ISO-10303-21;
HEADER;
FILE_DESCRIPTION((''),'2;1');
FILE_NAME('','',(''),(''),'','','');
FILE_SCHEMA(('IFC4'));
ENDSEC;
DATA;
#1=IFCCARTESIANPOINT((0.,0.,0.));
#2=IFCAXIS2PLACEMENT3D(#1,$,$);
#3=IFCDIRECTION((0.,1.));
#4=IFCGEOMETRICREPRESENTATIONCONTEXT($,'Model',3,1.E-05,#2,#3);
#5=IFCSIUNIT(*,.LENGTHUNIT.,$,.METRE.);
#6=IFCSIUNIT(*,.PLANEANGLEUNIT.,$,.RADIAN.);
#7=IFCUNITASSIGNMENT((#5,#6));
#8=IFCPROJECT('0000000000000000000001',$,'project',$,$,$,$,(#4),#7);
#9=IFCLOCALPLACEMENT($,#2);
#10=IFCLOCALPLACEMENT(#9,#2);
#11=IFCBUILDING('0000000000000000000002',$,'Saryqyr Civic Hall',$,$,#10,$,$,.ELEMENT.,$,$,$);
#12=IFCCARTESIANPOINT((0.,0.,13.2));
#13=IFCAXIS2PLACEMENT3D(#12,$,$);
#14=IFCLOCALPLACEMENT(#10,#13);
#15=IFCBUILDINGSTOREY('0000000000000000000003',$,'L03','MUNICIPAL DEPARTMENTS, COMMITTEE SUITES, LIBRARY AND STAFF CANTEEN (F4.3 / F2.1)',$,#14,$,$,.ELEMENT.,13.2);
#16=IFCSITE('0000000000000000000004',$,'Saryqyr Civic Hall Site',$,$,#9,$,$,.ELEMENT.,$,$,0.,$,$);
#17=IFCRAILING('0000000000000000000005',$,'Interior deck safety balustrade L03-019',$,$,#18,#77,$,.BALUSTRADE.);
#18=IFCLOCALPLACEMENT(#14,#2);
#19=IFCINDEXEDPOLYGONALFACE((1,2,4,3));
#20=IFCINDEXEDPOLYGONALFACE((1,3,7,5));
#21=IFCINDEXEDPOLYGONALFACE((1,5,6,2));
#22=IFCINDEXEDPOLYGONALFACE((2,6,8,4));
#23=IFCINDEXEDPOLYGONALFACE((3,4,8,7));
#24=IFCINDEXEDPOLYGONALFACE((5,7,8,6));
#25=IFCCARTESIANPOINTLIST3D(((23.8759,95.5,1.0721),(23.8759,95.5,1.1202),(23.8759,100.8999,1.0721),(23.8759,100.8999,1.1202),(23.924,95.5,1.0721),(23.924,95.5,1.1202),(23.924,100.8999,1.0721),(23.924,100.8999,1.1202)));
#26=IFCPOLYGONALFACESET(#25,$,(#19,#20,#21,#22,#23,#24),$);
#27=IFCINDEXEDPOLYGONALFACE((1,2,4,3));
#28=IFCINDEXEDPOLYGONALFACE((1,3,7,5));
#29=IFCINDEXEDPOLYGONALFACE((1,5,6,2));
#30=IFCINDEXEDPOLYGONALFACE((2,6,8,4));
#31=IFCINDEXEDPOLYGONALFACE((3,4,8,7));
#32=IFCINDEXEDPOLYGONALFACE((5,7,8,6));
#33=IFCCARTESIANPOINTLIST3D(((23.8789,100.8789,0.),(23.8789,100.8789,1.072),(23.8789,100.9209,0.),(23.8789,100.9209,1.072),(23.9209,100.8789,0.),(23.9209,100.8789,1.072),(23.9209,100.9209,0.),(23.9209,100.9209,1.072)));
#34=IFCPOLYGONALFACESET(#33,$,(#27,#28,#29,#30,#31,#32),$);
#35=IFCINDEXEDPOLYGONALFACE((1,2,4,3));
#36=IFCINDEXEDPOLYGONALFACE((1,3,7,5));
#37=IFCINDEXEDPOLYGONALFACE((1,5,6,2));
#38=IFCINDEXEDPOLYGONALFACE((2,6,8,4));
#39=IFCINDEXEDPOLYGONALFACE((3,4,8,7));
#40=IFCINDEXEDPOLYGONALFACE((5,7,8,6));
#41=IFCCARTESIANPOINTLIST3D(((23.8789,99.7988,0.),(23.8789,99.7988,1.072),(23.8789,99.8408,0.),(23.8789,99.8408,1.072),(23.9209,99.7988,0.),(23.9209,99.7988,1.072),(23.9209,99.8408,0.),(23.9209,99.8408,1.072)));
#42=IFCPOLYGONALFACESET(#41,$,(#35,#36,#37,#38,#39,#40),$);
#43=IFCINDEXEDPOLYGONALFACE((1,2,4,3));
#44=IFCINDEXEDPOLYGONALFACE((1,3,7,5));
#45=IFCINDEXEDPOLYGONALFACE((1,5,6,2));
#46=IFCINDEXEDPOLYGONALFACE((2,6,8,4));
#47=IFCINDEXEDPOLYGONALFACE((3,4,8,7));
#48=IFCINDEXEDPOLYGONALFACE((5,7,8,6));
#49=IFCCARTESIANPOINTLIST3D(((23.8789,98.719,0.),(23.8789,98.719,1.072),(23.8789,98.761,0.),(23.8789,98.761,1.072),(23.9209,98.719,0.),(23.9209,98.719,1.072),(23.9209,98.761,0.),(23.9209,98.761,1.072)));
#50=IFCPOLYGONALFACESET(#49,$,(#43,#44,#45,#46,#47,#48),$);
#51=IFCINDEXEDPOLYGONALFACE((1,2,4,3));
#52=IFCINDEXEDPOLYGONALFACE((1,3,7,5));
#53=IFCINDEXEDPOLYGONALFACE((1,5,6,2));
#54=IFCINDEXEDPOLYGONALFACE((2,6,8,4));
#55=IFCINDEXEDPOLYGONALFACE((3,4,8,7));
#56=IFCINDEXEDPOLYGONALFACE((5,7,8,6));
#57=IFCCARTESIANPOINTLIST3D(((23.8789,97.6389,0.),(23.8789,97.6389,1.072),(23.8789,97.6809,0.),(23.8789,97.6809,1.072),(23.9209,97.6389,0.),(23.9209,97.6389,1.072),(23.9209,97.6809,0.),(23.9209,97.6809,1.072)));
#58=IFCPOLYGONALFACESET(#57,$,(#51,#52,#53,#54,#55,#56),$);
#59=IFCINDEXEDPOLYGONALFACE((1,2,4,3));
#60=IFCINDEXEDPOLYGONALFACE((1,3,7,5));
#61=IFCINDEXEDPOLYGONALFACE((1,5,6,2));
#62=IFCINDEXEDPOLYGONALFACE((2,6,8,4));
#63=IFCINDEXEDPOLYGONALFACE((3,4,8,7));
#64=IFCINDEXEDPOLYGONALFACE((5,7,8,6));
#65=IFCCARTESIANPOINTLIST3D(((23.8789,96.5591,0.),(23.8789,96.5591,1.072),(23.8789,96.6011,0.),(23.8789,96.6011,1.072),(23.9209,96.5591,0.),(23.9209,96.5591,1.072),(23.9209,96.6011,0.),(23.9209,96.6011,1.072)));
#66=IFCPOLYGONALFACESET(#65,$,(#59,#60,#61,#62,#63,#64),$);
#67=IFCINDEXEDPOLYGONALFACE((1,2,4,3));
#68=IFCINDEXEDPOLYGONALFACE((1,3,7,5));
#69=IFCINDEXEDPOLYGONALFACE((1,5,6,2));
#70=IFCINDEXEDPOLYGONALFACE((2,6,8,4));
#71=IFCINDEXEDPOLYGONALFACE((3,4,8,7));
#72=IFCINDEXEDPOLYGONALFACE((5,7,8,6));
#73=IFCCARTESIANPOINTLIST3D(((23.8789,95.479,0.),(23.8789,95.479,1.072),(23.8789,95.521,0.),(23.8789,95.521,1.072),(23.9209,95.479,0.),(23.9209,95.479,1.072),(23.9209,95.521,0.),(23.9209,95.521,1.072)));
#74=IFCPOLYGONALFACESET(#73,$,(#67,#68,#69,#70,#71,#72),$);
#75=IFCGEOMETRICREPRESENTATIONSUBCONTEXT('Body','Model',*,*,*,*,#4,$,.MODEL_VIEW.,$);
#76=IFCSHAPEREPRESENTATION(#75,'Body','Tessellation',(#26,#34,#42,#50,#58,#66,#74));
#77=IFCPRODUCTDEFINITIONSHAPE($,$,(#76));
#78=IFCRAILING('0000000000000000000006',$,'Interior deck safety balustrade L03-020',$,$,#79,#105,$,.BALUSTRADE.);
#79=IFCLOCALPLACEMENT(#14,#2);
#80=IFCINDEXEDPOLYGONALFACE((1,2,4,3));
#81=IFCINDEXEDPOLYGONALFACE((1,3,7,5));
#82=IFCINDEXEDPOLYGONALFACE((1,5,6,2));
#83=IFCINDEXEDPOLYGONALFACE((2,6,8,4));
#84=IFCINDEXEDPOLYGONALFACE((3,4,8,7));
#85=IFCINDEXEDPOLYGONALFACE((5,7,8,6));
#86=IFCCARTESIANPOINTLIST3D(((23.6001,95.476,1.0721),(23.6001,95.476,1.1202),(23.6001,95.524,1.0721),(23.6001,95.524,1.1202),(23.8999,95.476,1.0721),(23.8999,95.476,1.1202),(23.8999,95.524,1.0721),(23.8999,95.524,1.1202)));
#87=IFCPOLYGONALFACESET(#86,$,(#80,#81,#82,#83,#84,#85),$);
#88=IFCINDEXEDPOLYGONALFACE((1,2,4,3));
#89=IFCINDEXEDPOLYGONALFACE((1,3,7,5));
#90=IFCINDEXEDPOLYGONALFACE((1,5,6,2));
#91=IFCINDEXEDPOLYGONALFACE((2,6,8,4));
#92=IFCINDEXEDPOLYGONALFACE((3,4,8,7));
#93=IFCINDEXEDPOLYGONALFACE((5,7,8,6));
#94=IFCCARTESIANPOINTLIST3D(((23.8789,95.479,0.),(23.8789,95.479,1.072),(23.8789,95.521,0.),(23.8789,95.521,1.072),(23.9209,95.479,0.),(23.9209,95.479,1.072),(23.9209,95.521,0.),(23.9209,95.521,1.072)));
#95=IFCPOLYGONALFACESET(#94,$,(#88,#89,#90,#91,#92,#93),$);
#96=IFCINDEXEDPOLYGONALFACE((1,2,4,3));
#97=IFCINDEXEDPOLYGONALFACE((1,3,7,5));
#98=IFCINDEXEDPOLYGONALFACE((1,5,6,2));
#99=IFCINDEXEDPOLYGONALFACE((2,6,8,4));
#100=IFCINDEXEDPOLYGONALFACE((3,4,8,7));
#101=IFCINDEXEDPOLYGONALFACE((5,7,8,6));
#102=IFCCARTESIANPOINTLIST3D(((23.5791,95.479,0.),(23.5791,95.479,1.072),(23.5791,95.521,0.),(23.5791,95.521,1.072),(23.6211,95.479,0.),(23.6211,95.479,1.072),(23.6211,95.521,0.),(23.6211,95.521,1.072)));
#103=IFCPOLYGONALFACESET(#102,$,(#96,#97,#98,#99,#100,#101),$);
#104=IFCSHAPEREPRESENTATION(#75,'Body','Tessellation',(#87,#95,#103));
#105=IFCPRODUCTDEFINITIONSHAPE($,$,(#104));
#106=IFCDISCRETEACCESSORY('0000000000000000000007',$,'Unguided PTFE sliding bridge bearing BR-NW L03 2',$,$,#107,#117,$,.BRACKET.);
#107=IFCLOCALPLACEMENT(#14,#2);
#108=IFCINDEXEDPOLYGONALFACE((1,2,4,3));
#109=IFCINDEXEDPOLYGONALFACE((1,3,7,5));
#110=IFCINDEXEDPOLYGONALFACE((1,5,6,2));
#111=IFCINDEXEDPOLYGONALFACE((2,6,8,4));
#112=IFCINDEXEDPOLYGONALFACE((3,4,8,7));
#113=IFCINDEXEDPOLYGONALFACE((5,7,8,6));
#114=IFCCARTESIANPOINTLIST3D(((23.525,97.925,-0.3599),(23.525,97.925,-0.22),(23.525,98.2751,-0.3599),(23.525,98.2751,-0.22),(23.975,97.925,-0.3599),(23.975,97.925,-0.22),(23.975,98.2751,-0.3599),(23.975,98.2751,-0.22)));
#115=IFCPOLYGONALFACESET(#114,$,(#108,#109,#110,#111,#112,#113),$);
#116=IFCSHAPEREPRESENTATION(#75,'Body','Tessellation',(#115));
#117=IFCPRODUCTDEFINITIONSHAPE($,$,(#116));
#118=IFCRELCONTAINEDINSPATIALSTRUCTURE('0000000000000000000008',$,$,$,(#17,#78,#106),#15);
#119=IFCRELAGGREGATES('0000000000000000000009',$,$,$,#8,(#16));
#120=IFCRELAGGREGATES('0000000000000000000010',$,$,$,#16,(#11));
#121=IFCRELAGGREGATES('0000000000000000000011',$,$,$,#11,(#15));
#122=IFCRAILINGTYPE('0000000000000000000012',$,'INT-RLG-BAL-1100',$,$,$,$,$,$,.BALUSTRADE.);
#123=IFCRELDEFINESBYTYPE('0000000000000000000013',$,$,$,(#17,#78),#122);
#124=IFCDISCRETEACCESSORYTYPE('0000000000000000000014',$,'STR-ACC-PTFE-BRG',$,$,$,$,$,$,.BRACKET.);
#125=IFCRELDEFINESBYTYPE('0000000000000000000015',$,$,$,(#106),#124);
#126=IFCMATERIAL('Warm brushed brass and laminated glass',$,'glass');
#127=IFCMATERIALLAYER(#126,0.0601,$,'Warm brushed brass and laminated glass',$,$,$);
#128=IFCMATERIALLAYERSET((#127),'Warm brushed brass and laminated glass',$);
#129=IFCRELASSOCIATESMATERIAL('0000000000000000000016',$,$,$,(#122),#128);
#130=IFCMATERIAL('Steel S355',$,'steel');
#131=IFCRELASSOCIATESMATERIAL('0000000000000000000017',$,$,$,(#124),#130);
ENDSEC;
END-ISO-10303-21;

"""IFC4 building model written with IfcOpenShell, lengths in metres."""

from ifc_helpers import new_model, si_unit, direction, frame, origin, origin_2d, place, context, subcontext, project, spatial, rectangle, extrude, material, layer, layer_set, type_object, element, save


model = new_model("IFC4")

# Units and contexts
model_context = context("Model", 3, precision=1e-05, world=origin(), true_north=direction((0.0, 1.0)))
body_context = subcontext(model_context, "Body", "Model", "MODEL_VIEW")
ifc_project = project(units=[si_unit("LENGTHUNIT", "METRE"), si_unit("PLANEANGLEUNIT", "RADIAN")], contexts=[model_context])

# Site, building, storey
site_placement = place(None, origin())
site = spatial("IfcSite", under=ifc_project, at=site_placement, Name="Saryqyr Civic Hall Site", CompositionType="ELEMENT", RefElevation=0.0)
building_placement = place(site_placement, origin())
building = spatial("IfcBuilding", under=site, at=building_placement, Name="Saryqyr Civic Hall", CompositionType="ELEMENT")
storey_placement = place(building_placement, frame((0.0, 0.0, 13.2)))
storey = spatial("IfcBuildingStorey", under=building, at=storey_placement, Name="L03", Description="MUNICIPAL DEPARTMENTS, COMMITTEE SUITES, LIBRARY AND STAFF CANTEEN (F4.3 / F2.1)", CompositionType="ELEMENT", Elevation=13.2)

# Shared definitions
ifc_material_1 = material(Name="Steel S355", Category="steel")

# Railings
ifc_material_2 = material(Name="Warm brushed brass and laminated glass", Category="glass")
ifc_layer_1 = layer(ifc_material_2, 0.0601, Name="Warm brushed brass and laminated glass")
ifc_layer_set_1 = layer_set([ifc_layer_1], Name="Warm brushed brass and laminated glass")
railing_type_1 = type_object("IfcRailingType", Name="INT-RLG-BAL-1100", PredefinedType="BALUSTRADE", material=ifc_layer_set_1)
railing_1_placement = place(storey_placement, frame((23.8999, 100.8999, 0.0)))
element("IfcRailing", 1, at=railing_1_placement, inside=storey, type_object=railing_type_1, Name="Interior deck safety balustrade L03-019", PredefinedType="BALUSTRADE", context=body_context, shape_type="SweptSolid", body=[
    extrude(rectangle(XDim=0.0481, YDim=0.0481, at=origin_2d()), frame((0.0, 0.0, 1.0962), z_axis=(0.0, -1.0, 0.0), x_axis=(1.0, 0.0, 0.0)), (0.0, 0.0, 1.0), 5.3999),
    extrude(rectangle(XDim=0.042, YDim=0.042, at=origin_2d()), origin(), (0.0, 0.0, 1.0), 1.072),
    extrude(rectangle(XDim=0.042, YDim=0.042, at=origin_2d()), frame((0.0, -1.0801, 0.0)), (0.0, 0.0, 1.0), 1.072),
    extrude(rectangle(XDim=0.042, YDim=0.042, at=origin_2d()), frame((0.0, -2.1599, 0.0)), (0.0, 0.0, 1.0), 1.072),
    extrude(rectangle(XDim=0.042, YDim=0.042, at=origin_2d()), frame((0.0, -3.24, 0.0)), (0.0, 0.0, 1.0), 1.072),
    extrude(rectangle(XDim=0.042, YDim=0.042, at=origin_2d()), frame((0.0, -4.3198, 0.0)), (0.0, 0.0, 1.0), 1.072),
    extrude(rectangle(XDim=0.042, YDim=0.042, at=origin_2d()), frame((0.0, -5.3999, 0.0)), (0.0, 0.0, 1.0), 1.072),
])
railing_2_placement = place(storey_placement, frame((23.8999, 95.5, 0.0)))
element("IfcRailing", 2, at=railing_2_placement, inside=storey, type_object=railing_type_1, Name="Interior deck safety balustrade L03-020", PredefinedType="BALUSTRADE", context=body_context, shape_type="SweptSolid", body=[
    extrude(rectangle(XDim=0.0481, YDim=0.0481, at=origin_2d()), frame((0.0, 0.0, 1.0962), z_axis=(-1.0, 0.0, 0.0), x_axis=(0.0, -1.0, 0.0)), (0.0, 0.0, 1.0), 0.2998),
    extrude(rectangle(XDim=0.042, YDim=0.042, at=origin_2d()), origin(), (0.0, 0.0, 1.0), 1.072),
    extrude(rectangle(XDim=0.042, YDim=0.042, at=origin_2d()), frame((-0.2998, 0.0, 0.0)), (0.0, 0.0, 1.0), 1.072),
])

# Discrete accessory
discrete_accessory_type = type_object("IfcDiscreteAccessoryType", Name="STR-ACC-PTFE-BRG", PredefinedType="BRACKET", material=ifc_material_1)
discrete_accessory_placement = place(storey_placement, frame((23.75, 98.1001, -0.3599), z_axis=(0.0, 0.0, 1.0), x_axis=(1.0, 0.0, 0.0)))
element("IfcDiscreteAccessory", 3, at=discrete_accessory_placement, inside=storey, type_object=discrete_accessory_type, Name="Unguided PTFE sliding bridge bearing BR-NW L03 2", PredefinedType="BRACKET", context=body_context, shape_type="SweptSolid", body=[
    extrude(rectangle(XDim=0.45, YDim=0.3501, at=origin_2d()), origin(), (0.0, 0.0, 1.0), 0.1399),
])

save(model, "model.ifc")
